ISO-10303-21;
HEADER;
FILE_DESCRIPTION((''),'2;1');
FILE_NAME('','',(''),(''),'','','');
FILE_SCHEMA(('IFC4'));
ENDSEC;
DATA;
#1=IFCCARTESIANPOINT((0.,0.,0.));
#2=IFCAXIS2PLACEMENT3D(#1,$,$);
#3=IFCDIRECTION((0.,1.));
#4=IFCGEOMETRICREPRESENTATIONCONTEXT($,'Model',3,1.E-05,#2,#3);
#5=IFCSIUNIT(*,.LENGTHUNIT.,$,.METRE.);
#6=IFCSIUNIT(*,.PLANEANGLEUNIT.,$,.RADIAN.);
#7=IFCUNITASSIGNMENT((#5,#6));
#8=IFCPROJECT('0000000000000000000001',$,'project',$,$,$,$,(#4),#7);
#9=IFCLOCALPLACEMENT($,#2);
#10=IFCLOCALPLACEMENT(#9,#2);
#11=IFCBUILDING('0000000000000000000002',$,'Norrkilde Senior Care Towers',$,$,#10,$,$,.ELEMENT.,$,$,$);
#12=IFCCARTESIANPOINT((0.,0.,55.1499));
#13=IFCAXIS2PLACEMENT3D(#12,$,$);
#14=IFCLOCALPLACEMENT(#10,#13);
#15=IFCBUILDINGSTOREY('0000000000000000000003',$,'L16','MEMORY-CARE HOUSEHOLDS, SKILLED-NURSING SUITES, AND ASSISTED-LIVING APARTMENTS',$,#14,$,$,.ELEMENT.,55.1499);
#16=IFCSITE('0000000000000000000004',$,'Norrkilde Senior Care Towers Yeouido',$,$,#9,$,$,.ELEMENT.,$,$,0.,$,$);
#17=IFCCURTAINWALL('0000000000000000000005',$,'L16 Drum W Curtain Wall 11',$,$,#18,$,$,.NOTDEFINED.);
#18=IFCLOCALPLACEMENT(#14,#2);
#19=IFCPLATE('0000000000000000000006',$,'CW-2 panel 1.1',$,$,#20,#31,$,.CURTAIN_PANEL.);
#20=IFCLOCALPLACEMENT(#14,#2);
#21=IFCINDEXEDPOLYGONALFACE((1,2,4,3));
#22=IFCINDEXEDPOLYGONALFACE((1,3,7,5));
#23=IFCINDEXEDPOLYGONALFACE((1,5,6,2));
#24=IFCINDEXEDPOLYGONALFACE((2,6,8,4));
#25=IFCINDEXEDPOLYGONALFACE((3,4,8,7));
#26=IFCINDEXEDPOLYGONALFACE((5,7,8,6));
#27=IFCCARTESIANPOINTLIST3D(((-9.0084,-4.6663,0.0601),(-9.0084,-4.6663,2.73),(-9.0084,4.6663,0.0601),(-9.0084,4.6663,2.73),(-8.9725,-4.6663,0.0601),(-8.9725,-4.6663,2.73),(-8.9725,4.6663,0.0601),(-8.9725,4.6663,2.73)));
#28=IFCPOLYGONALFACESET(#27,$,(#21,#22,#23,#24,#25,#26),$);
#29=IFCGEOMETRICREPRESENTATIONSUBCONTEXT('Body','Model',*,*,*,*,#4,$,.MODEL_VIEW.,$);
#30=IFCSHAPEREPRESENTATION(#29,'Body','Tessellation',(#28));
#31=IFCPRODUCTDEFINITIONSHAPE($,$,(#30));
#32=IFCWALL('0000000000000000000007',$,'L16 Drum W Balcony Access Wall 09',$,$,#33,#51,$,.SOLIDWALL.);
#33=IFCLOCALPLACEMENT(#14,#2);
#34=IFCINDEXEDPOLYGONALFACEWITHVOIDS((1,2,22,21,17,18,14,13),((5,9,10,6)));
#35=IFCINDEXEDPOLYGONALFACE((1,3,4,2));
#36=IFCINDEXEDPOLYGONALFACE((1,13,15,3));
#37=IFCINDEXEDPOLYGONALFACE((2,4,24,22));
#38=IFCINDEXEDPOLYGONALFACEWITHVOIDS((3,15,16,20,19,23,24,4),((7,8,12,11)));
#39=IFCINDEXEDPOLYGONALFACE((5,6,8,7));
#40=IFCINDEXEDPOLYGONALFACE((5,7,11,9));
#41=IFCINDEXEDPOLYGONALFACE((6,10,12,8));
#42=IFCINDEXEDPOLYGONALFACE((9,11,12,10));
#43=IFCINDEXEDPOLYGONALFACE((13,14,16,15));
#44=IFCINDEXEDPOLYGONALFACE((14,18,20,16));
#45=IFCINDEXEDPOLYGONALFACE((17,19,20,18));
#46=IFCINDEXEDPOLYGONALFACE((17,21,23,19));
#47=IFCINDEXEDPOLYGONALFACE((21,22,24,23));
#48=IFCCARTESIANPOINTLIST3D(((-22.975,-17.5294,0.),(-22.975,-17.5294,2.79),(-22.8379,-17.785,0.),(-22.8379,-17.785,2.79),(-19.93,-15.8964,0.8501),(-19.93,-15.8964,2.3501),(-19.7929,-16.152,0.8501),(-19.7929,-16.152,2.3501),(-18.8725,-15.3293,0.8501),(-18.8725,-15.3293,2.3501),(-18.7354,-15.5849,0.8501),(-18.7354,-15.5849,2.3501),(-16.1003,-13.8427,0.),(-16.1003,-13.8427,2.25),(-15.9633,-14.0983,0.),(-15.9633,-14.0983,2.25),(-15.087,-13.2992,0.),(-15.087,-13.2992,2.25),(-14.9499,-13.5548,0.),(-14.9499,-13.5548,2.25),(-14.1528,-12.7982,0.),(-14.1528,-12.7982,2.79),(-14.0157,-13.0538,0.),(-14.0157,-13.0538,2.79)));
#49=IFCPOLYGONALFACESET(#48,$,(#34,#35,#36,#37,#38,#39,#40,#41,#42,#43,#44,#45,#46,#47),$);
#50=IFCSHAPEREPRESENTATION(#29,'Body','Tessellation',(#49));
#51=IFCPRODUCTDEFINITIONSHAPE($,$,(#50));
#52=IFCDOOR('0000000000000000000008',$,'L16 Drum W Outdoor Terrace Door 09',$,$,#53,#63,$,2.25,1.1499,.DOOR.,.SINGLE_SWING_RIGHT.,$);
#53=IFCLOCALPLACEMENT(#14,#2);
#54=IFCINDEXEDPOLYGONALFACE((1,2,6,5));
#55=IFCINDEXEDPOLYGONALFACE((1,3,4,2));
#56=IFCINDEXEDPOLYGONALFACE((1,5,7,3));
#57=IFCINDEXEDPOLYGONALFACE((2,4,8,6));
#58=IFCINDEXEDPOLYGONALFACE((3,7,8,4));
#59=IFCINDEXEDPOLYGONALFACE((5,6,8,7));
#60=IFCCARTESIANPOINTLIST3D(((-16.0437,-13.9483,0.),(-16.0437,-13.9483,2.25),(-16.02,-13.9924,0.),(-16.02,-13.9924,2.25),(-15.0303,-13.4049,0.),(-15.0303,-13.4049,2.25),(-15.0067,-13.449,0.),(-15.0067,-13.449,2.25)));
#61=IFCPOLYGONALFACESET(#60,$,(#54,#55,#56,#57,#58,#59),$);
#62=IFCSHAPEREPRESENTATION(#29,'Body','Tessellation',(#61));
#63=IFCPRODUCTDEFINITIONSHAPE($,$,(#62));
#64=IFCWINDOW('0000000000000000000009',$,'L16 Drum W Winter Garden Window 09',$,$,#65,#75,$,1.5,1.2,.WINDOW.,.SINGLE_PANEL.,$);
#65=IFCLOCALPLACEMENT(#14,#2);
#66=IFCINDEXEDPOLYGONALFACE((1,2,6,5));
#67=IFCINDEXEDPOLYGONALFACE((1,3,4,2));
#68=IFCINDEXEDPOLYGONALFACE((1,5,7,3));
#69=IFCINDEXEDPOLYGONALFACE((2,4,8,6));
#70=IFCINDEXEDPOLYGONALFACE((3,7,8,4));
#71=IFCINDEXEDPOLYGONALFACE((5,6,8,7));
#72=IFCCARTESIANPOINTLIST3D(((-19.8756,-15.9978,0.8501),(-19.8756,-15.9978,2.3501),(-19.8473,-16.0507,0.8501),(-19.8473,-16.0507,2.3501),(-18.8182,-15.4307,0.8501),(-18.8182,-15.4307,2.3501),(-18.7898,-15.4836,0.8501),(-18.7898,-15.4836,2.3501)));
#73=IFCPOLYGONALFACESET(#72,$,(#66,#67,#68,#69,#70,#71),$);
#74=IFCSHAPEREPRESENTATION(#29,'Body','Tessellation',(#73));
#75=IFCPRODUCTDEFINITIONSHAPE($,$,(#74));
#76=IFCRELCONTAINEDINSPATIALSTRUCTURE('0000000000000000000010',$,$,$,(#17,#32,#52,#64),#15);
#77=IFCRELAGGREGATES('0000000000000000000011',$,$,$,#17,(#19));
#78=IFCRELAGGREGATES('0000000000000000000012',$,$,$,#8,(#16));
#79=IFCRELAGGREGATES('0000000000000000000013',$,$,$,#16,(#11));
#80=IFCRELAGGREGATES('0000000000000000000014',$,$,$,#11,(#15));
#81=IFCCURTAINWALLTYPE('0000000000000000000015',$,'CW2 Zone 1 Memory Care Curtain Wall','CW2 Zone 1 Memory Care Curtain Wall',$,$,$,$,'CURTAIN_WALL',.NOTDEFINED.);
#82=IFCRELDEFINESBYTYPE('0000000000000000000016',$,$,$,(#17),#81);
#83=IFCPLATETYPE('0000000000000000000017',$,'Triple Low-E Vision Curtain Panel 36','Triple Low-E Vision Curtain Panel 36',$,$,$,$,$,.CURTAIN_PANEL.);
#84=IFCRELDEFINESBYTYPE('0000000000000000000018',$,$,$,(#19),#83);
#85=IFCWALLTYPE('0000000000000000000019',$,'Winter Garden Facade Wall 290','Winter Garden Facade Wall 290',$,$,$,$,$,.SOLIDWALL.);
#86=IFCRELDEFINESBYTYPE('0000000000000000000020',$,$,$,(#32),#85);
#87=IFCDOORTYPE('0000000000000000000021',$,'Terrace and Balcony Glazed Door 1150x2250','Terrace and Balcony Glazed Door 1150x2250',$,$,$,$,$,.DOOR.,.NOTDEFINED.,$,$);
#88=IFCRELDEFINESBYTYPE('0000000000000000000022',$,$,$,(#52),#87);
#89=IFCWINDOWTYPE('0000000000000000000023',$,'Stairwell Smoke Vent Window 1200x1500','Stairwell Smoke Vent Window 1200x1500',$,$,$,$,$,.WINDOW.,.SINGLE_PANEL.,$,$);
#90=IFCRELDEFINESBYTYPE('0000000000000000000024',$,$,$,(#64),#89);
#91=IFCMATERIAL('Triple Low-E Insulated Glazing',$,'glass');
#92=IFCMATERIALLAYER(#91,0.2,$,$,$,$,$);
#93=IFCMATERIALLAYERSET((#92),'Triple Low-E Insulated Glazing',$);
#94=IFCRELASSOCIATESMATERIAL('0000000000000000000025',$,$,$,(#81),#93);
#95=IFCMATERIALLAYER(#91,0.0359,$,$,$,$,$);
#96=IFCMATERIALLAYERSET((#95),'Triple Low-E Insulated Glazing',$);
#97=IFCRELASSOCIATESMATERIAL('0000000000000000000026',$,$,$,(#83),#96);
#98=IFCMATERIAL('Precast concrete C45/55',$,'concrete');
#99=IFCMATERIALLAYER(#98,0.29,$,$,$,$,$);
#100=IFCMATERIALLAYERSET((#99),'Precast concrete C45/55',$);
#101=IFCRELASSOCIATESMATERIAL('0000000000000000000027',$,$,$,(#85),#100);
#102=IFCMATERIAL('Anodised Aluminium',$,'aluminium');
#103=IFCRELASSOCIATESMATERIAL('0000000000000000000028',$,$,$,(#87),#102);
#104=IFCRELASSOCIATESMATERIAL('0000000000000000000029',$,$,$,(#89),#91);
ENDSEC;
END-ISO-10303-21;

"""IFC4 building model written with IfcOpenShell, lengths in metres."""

from ifc_helpers import new_model, si_unit, direction, frame, frame_2d, origin, origin_2d, place, context, subcontext, project, spatial, rectangle, extrude, source, transform, mapped, material, layer, layer_set, type_object, type_shapes, element, fill, aggregate, save


model = new_model("IFC4")

# Units and contexts
model_context = context("Model", 3, precision=1e-05, world=origin(), true_north=direction((0.0, 1.0)))
body_context = subcontext(model_context, "Body", "Model", "MODEL_VIEW")
ifc_project = project(units=[si_unit("LENGTHUNIT", "METRE"), si_unit("PLANEANGLEUNIT", "RADIAN")], contexts=[model_context])

# Site, building, storey
site_placement = place(None, origin())
site = spatial("IfcSite", under=ifc_project, at=site_placement, Name="Norrkilde Senior Care Towers Yeouido", CompositionType="ELEMENT", RefElevation=0.0)
building_placement = place(site_placement, origin())
building = spatial("IfcBuilding", under=site, at=building_placement, Name="Norrkilde Senior Care Towers", CompositionType="ELEMENT")
storey_placement = place(building_placement, frame((0.0, 0.0, 55.1499)))
storey = spatial("IfcBuildingStorey", under=building, at=storey_placement, Name="L16", Description="MEMORY-CARE HOUSEHOLDS, SKILLED-NURSING SUITES, AND ASSISTED-LIVING APARTMENTS", CompositionType="ELEMENT", Elevation=55.1499)

# Shared definitions
ifc_material_1 = material(Name="Triple Low-E Insulated Glazing", Category="glass")
ifc_layer_1 = layer(ifc_material_1, 0.2)
ifc_layer_set_1 = layer_set([ifc_layer_1], Name="Triple Low-E Insulated Glazing")
curtain_wall_type = type_object("IfcCurtainWallType", Name="CW2 Zone 1 Memory Care Curtain Wall", Description="CW2 Zone 1 Memory Care Curtain Wall", ElementType="CURTAIN_WALL", PredefinedType="NOTDEFINED", material=ifc_layer_set_1)
ifc_material_2 = material(Name="Anodised Aluminium", Category="aluminium")

# Curtain wall
curtain_wall_1_placement = place(storey_placement, origin())
curtain_wall_1 = element("IfcCurtainWall", 1, at=curtain_wall_1_placement, inside=storey, type_object=curtain_wall_type, Name="L16 Drum W Curtain Wall 11", PredefinedType="NOTDEFINED")

# Plate
ifc_layer_2 = layer(ifc_material_1, 0.0359)
ifc_layer_set_2 = layer_set([ifc_layer_2], Name="Triple Low-E Insulated Glazing")
plate_type = type_object("IfcPlateType", Name="Triple Low-E Vision Curtain Panel 36", Description="Triple Low-E Vision Curtain Panel 36", PredefinedType="CURTAIN_PANEL", material=ifc_layer_set_2)
shared_shape_1 = source(origin(), body_context, "Body", "SweptSolid", [
    extrude(rectangle(XDim=9.3325, YDim=0.0359, at=origin_2d()), origin(), (0.0, 0.0, 1.0), 2.6699),
])
plate_1_placement = place(storey_placement, frame((-8.9905, 0.0, 0.0601), z_axis=(0.0, 0.0, 1.0), x_axis=(0.0, -1.0, 0.0)))
plate_1 = element("IfcPlate", 2, at=plate_1_placement, type_object=plate_type, Name="CW-2 panel 1.1", PredefinedType="CURTAIN_PANEL", context=body_context, shape_type="MappedRepresentation", body=[
    mapped(shared_shape_1, transform((0.0, 0.0, 0.0), x_axis=(1.0, 0.0, 0.0), y_axis=(0.0, 1.0, 0.0), z_axis=(0.0, 0.0, 1.0), scale=1.0)),
])
aggregate(curtain_wall_1, [plate_1])

# Wall, openings, door, window
ifc_material_3 = material(Name="Precast concrete C45/55", Category="concrete")
ifc_layer_3 = layer(ifc_material_3, 0.29)
ifc_layer_set_3 = layer_set([ifc_layer_3], Name="Precast concrete C45/55")
wall_type_1 = type_object("IfcWallType", Name="Winter Garden Facade Wall 290", Description="Winter Garden Facade Wall 290", PredefinedType="SOLIDWALL", material=ifc_layer_set_3)
shared_shape_2 = source(origin(), body_context, "Body", "SweptSolid", [
    extrude(rectangle(XDim=10.0107, YDim=0.29, at=frame_2d((5.0054, 0.0))), origin(), (0.0, 0.0, 1.0), 2.79),
])
type_shapes(wall_type_1, [shared_shape_2])
wall_1_placement = place(storey_placement, frame((-14.0842, -12.926, 0.0), z_axis=(0.0, 0.0, 1.0), x_axis=(-0.881273, -0.472608, 0.0)))
wall_1 = element("IfcWall", 3, at=wall_1_placement, inside=storey, type_object=wall_type_1, Name="L16 Drum W Balcony Access Wall 09", PredefinedType="SOLIDWALL", context=body_context, shape_type="MappedRepresentation", body=[
    mapped(shared_shape_2, transform((0.0, 0.0, 0.0), x_axis=(1.0, 0.0, 0.0), y_axis=(0.0, 1.0, 0.0), z_axis=(0.0, 0.0, 1.0), scale=1.0)),
])
opening_1_placement = place(wall_1_placement, frame((1.0601, 0.0, 0.0)))
opening_1 = element("IfcOpeningElement", 4, at=opening_1_placement, cuts=wall_1, PredefinedType="OPENING", context=body_context, shape_type="SweptSolid", body=[
    extrude(rectangle(XDim=1.1499, YDim=2.25, at=frame_2d((0.575, 1.125))), frame((0.0, 0.155, 0.0), z_axis=(0.0, -1.0, 0.0), x_axis=(1.0, 0.0, 0.0)), (0.0, 0.0, 1.0), 0.3101),
])
opening_2_placement = place(wall_1_placement, frame((5.3555, 0.0, 0.8501)))
opening_2 = element("IfcOpeningElement", 5, at=opening_2_placement, cuts=wall_1, PredefinedType="OPENING", context=body_context, shape_type="SweptSolid", body=[
    extrude(rectangle(XDim=1.2, YDim=1.5, at=frame_2d((0.6001, 0.75))), frame((0.0, 0.155, 0.0), z_axis=(0.0, -1.0, 0.0), x_axis=(1.0, 0.0, 0.0)), (0.0, 0.0, 1.0), 0.3101),
])
door_type_1 = type_object("IfcDoorType", Name="Terrace and Balcony Glazed Door 1150x2250", Description="Terrace and Balcony Glazed Door 1150x2250", OperationType="NOTDEFINED", PredefinedType="DOOR", material=ifc_material_2)
shared_shape_3 = source(origin(), body_context, "Body", "SweptSolid", [
    extrude(rectangle(XDim=1.1499, YDim=2.25, at=frame_2d((0.575, 1.125))), frame((0.0, 0.0249, 0.0), z_axis=(0.0, -1.0, 0.0), x_axis=(1.0, 0.0, 0.0)), (0.0, 0.0, 1.0), 0.05),
])
type_shapes(door_type_1, [shared_shape_3])
door_1_placement = place(opening_1_placement, origin())
door_1 = element("IfcDoor", 6, at=door_1_placement, inside=storey, type_object=door_type_1, Name="L16 Drum W Outdoor Terrace Door 09", OperationType="SINGLE_SWING_RIGHT", OverallHeight=2.25, OverallWidth=1.1499, PredefinedType="DOOR", context=body_context, shape_type="MappedRepresentation", body=[
    mapped(shared_shape_3, transform((0.0, 0.0, 0.0), x_axis=(1.0, 0.0, 0.0), y_axis=(0.0, 1.0, 0.0), z_axis=(0.0, 0.0, 1.0), scale=1.0)),
])
fill(opening_1, door_1)
window_type = type_object("IfcWindowType", Name="Stairwell Smoke Vent Window 1200x1500", Description="Stairwell Smoke Vent Window 1200x1500", PartitioningType="SINGLE_PANEL", PredefinedType="WINDOW", material=ifc_material_1)
shared_shape_4 = source(origin(), body_context, "Body", "SweptSolid", [
    extrude(rectangle(XDim=1.2, YDim=1.5, at=frame_2d((0.6001, 0.75))), frame((0.0, 0.03, 0.0), z_axis=(0.0, -1.0, 0.0), x_axis=(1.0, 0.0, 0.0)), (0.0, 0.0, 1.0), 0.0601),
])
type_shapes(window_type, [shared_shape_4])
window_placement = place(opening_2_placement, origin())
window = element("IfcWindow", 7, at=window_placement, inside=storey, type_object=window_type, Name="L16 Drum W Winter Garden Window 09", OverallHeight=1.5, OverallWidth=1.2, PartitioningType="SINGLE_PANEL", PredefinedType="WINDOW", context=body_context, shape_type="MappedRepresentation", body=[
    mapped(shared_shape_4, transform((0.0, 0.0, 0.0), x_axis=(1.0, 0.0, 0.0), y_axis=(0.0, 1.0, 0.0), z_axis=(0.0, 0.0, 1.0), scale=1.0)),
])
fill(opening_2, window)

save(model, "model.ifc")
